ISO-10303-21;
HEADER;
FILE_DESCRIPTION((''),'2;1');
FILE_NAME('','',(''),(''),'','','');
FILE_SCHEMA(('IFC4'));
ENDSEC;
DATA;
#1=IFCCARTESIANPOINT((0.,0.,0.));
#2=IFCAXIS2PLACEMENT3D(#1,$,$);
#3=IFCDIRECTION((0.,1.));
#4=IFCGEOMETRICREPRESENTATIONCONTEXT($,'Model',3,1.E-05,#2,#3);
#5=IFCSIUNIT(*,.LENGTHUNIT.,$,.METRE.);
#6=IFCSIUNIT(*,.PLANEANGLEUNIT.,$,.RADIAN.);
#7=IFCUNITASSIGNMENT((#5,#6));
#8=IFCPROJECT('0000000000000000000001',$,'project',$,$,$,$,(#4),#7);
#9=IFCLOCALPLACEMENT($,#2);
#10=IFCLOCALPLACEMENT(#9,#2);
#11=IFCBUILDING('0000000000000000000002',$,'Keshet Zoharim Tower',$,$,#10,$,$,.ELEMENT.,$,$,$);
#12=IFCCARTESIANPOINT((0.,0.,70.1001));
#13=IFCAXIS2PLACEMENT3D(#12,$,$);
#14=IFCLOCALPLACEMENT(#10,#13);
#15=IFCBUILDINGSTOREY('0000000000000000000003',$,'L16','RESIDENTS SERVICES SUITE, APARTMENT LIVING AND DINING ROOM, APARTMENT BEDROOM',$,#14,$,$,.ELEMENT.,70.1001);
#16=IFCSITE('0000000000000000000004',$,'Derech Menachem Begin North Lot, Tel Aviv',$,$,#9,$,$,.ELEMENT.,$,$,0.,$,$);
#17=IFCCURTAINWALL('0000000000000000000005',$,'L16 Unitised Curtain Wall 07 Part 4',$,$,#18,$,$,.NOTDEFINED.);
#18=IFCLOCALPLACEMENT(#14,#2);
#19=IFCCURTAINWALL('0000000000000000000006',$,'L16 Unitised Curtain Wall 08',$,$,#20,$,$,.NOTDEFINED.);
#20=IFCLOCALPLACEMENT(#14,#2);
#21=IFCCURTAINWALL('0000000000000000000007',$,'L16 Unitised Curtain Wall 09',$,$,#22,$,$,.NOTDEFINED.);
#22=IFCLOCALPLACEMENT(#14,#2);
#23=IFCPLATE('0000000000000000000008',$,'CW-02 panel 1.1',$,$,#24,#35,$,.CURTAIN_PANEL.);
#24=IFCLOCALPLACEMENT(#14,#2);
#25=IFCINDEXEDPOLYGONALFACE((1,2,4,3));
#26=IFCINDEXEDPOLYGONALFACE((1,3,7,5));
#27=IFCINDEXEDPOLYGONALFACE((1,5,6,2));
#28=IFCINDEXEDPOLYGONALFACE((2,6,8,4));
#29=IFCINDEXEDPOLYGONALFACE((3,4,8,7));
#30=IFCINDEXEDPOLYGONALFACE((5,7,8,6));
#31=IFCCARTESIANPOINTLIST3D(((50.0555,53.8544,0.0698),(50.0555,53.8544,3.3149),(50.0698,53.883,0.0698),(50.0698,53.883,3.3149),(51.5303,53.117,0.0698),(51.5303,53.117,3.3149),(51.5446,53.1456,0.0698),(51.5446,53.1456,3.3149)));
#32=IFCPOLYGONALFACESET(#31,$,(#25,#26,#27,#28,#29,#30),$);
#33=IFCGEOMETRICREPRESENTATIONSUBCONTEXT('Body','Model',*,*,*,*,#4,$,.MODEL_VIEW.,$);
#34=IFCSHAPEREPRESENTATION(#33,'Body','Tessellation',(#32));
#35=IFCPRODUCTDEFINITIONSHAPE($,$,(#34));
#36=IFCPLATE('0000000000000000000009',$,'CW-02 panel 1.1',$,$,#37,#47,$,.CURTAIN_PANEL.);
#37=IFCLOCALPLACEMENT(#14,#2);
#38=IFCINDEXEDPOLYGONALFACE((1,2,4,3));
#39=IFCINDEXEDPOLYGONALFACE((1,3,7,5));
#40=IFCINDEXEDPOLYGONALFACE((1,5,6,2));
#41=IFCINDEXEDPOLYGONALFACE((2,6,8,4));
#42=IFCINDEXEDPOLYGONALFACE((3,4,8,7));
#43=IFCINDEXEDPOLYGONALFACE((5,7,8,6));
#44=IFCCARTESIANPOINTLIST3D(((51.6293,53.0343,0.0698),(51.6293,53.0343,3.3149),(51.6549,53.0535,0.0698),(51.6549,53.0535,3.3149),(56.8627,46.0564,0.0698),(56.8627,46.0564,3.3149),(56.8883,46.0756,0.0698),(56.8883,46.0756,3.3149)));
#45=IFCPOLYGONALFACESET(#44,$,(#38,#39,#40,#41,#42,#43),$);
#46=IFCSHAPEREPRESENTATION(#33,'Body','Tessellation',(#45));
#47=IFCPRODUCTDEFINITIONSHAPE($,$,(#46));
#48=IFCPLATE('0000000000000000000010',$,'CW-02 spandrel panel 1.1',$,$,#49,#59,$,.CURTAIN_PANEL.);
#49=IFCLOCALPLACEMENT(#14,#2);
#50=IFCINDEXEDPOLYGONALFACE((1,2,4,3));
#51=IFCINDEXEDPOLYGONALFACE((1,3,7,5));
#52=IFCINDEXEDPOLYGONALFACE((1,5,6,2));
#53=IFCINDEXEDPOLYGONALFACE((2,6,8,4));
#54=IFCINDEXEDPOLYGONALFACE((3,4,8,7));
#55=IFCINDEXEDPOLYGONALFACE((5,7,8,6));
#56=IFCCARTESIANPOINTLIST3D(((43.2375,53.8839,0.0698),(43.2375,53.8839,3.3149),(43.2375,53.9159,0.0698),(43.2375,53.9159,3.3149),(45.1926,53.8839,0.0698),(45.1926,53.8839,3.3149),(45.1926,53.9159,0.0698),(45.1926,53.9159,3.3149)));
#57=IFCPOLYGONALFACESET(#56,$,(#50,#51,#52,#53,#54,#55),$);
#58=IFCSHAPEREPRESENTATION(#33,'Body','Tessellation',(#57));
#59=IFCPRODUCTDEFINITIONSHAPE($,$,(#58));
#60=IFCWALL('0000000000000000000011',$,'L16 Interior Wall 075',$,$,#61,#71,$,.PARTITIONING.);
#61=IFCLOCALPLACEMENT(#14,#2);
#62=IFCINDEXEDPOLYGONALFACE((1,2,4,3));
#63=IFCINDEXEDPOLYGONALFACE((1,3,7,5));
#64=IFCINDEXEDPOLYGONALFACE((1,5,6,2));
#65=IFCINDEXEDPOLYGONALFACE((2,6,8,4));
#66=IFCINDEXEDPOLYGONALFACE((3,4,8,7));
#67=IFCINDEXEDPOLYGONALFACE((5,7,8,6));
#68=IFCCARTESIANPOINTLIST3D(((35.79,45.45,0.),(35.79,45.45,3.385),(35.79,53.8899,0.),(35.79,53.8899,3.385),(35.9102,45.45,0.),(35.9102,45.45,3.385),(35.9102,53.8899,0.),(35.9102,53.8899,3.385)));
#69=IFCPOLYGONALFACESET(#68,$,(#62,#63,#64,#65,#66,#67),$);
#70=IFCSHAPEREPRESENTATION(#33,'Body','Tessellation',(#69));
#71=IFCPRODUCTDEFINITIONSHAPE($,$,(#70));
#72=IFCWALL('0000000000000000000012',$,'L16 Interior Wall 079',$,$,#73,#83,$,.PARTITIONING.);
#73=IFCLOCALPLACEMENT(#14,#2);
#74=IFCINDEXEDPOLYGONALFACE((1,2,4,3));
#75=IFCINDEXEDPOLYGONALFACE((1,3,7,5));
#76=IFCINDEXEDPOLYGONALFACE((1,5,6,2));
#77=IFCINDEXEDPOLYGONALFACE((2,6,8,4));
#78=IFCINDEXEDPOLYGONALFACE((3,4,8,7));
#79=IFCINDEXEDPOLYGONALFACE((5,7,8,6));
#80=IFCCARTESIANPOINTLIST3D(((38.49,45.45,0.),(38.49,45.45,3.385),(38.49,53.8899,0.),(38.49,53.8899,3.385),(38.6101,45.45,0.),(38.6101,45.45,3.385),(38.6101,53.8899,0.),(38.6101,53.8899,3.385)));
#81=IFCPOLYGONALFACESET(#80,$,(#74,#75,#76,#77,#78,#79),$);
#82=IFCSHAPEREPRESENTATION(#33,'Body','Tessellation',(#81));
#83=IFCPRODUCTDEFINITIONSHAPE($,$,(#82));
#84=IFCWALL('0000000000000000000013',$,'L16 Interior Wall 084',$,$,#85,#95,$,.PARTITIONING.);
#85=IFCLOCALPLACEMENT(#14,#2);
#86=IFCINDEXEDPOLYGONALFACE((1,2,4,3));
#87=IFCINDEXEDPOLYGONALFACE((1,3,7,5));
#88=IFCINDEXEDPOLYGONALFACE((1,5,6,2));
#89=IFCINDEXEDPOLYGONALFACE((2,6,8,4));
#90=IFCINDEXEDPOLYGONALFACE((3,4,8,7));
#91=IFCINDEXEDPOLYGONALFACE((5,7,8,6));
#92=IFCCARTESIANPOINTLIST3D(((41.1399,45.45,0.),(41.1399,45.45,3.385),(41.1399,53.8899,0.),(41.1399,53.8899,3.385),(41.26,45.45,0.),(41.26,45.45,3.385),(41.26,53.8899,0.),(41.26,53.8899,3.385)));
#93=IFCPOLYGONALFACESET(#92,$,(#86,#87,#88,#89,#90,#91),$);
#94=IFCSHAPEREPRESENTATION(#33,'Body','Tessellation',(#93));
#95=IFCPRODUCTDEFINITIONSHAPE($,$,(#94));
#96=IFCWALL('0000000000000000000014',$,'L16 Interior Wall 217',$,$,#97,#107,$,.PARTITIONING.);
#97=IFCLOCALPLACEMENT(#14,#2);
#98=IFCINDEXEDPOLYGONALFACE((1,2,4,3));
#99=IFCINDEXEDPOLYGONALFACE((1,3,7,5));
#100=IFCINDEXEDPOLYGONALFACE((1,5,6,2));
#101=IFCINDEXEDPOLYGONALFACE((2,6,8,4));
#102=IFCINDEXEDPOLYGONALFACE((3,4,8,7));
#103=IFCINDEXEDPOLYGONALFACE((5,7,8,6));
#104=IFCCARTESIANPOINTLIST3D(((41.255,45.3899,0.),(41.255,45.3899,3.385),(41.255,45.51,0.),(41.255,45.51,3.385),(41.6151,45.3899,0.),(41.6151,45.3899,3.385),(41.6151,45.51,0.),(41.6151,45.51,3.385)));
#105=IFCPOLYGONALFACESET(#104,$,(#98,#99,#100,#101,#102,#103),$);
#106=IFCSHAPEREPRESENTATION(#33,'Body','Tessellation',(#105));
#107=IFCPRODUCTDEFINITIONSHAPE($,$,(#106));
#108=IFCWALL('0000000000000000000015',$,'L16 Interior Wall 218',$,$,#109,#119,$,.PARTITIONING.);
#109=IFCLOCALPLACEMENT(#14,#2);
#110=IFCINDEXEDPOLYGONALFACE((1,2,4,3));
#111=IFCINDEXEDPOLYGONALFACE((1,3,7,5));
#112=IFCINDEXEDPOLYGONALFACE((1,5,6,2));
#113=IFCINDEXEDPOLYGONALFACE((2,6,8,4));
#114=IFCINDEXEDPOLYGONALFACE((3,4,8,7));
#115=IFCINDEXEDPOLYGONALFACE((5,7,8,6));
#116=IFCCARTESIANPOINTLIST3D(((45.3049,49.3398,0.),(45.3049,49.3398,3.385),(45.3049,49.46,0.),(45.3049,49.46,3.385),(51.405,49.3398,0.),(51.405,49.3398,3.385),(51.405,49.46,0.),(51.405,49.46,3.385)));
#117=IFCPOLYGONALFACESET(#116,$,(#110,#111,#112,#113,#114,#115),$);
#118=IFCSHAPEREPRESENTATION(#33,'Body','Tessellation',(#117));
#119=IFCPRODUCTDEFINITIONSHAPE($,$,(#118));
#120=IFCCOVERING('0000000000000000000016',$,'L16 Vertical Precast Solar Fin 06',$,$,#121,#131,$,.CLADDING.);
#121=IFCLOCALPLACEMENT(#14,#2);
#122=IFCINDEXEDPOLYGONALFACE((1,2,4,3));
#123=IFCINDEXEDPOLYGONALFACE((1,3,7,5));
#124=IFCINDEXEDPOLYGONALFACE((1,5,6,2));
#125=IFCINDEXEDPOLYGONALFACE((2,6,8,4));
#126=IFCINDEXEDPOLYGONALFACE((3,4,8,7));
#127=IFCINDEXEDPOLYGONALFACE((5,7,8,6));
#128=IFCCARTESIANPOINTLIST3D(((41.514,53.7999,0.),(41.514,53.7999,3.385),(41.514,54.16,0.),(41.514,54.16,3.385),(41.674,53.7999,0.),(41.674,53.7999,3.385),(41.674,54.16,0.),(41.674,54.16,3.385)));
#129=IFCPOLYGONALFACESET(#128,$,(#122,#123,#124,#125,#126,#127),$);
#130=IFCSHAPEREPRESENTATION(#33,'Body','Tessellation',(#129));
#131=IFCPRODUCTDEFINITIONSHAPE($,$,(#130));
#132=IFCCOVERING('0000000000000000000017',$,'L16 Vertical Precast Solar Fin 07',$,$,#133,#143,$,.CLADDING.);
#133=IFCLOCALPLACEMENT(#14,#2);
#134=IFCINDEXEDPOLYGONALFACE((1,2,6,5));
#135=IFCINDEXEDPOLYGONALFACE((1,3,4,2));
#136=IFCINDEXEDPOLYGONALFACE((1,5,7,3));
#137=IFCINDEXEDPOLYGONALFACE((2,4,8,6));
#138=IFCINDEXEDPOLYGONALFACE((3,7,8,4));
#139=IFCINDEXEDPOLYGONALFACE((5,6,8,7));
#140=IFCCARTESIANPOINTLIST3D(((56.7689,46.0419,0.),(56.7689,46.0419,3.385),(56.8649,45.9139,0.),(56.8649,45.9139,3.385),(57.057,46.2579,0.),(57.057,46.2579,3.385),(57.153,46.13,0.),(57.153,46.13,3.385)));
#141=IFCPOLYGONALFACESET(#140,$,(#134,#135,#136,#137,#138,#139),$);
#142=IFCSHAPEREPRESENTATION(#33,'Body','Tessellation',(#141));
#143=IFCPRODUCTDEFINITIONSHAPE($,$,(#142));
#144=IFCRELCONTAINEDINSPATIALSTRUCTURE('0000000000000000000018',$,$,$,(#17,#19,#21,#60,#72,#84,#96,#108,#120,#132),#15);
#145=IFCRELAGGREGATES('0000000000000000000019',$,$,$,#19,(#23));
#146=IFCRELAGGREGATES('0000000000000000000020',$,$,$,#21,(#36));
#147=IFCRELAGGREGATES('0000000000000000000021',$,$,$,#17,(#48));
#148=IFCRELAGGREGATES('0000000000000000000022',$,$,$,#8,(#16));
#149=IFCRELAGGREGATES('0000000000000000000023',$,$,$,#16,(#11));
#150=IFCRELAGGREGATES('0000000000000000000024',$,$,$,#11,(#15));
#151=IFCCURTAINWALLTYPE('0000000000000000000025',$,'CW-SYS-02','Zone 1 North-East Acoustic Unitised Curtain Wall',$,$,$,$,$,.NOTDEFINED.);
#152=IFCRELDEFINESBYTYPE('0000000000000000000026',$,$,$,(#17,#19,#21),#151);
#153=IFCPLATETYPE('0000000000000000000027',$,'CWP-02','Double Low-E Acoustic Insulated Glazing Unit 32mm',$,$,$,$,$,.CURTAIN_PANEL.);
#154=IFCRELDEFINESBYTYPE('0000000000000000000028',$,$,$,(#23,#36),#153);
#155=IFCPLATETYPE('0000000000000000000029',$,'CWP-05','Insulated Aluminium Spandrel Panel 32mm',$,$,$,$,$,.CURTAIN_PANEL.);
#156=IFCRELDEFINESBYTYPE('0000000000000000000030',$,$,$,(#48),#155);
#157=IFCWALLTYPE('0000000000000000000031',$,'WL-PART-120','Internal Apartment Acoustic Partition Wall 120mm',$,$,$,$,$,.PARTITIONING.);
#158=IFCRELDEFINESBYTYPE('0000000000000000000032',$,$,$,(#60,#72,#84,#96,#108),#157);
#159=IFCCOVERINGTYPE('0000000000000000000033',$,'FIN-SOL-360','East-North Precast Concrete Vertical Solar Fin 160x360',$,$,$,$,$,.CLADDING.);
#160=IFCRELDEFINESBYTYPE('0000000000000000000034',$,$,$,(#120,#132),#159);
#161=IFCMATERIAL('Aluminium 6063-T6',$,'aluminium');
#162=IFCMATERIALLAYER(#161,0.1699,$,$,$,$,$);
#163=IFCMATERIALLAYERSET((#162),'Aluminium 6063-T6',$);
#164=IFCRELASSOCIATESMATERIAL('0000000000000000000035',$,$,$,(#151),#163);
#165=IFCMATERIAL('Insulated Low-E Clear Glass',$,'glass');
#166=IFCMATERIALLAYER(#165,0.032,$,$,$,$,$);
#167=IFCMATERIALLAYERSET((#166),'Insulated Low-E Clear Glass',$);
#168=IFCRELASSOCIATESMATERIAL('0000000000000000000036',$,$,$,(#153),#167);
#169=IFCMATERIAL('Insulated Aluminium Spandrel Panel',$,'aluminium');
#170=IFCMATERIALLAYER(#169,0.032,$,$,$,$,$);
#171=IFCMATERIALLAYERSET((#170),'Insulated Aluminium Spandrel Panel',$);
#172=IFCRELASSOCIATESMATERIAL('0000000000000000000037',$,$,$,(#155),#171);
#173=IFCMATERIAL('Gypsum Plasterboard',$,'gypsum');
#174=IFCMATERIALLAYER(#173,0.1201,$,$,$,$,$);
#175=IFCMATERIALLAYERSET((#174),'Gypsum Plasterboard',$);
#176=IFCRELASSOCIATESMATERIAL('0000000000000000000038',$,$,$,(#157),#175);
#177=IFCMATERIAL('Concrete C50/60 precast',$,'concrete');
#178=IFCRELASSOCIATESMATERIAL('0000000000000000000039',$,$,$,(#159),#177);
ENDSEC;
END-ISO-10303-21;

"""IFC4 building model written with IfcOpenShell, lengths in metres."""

from ifc_helpers import new_model, si_unit, direction, frame, frame_2d, origin, origin_2d, place, context, subcontext, project, spatial, rectangle, extrude, material, layer, layer_set, type_object, element, aggregate, save


model = new_model("IFC4")

# Units and contexts
model_context = context("Model", 3, precision=1e-05, world=origin(), true_north=direction((0.0, 1.0)))
body_context = subcontext(model_context, "Body", "Model", "MODEL_VIEW")
ifc_project = project(units=[si_unit("LENGTHUNIT", "METRE"), si_unit("PLANEANGLEUNIT", "RADIAN")], contexts=[model_context])

# Site, building, storey
site_placement = place(None, origin())
site = spatial("IfcSite", under=ifc_project, at=site_placement, Name="Derech Menachem Begin North Lot, Tel Aviv", CompositionType="ELEMENT", RefElevation=0.0)
building_placement = place(site_placement, origin())
building = spatial("IfcBuilding", under=site, at=building_placement, Name="Keshet Zoharim Tower", CompositionType="ELEMENT")
storey_placement = place(building_placement, frame((0.0, 0.0, 70.1001)))
storey = spatial("IfcBuildingStorey", under=building, at=storey_placement, Name="L16", Description="RESIDENTS SERVICES SUITE, APARTMENT LIVING AND DINING ROOM, APARTMENT BEDROOM", CompositionType="ELEMENT", Elevation=70.1001)

# Shared definitions
ifc_material_1 = material(Name="Aluminium 6063-T6", Category="aluminium")
ifc_layer_1 = layer(ifc_material_1, 0.1699)
ifc_layer_set_1 = layer_set([ifc_layer_1], Name="Aluminium 6063-T6")
curtain_wall_type = type_object("IfcCurtainWallType", Name="CW-SYS-02", Description="Zone 1 North-East Acoustic Unitised Curtain Wall", PredefinedType="NOTDEFINED", material=ifc_layer_set_1)

# Curtain wall
curtain_wall_1_placement = place(storey_placement, origin())
curtain_wall_1 = element("IfcCurtainWall", 1, at=curtain_wall_1_placement, inside=storey, type_object=curtain_wall_type, Name="L16 Unitised Curtain Wall 07 Part 4", PredefinedType="NOTDEFINED")

# Curtain walls
curtain_wall_2_placement = place(storey_placement, origin())
curtain_wall_2 = element("IfcCurtainWall", 2, at=curtain_wall_2_placement, inside=storey, type_object=curtain_wall_type, Name="L16 Unitised Curtain Wall 08", PredefinedType="NOTDEFINED")
curtain_wall_3_placement = place(storey_placement, origin())
curtain_wall_3 = element("IfcCurtainWall", 3, at=curtain_wall_3_placement, inside=storey, type_object=curtain_wall_type, Name="L16 Unitised Curtain Wall 09", PredefinedType="NOTDEFINED")

# Plates
ifc_material_2 = material(Name="Insulated Low-E Clear Glass", Category="glass")
ifc_layer_2 = layer(ifc_material_2, 0.032)
ifc_layer_set_2 = layer_set([ifc_layer_2], Name="Insulated Low-E Clear Glass")
plate_type_1 = type_object("IfcPlateType", Name="CWP-02", Description="Double Low-E Acoustic Insulated Glazing Unit 32mm", PredefinedType="CURTAIN_PANEL", material=ifc_layer_set_2)
plate_1_placement = place(storey_placement, frame((50.8, 53.5, 0.0698), z_axis=(0.0, 0.0, 1.0), x_axis=(0.894427, -0.447214, 0.0)))
plate_1 = element("IfcPlate", 4, at=plate_1_placement, type_object=plate_type_1, Name="CW-02 panel 1.1", PredefinedType="CURTAIN_PANEL", context=body_context, shape_type="SweptSolid", body=[
    extrude(rectangle(XDim=1.6489, YDim=0.032, at=origin_2d()), origin(), (0.0, 0.0, 1.0), 3.2451),
])
aggregate(curtain_wall_2, [plate_1])
plate_2_placement = place(storey_placement, frame((54.2588, 49.5549, 0.0698), z_axis=(0.0, 0.0, 1.0), x_axis=(0.6, -0.8, 0.0)))
plate_2 = element("IfcPlate", 5, at=plate_2_placement, type_object=plate_type_1, Name="CW-02 panel 1.1", PredefinedType="CURTAIN_PANEL", context=body_context, shape_type="SweptSolid", body=[
    extrude(rectangle(XDim=8.7224, YDim=0.032, at=origin_2d()), origin(), (0.0, 0.0, 1.0), 3.2451),
])
aggregate(curtain_wall_3, [plate_2])
ifc_material_3 = material(Name="Insulated Aluminium Spandrel Panel", Category="aluminium")
ifc_layer_3 = layer(ifc_material_3, 0.032)
ifc_layer_set_3 = layer_set([ifc_layer_3], Name="Insulated Aluminium Spandrel Panel")
plate_type_2 = type_object("IfcPlateType", Name="CWP-05", Description="Insulated Aluminium Spandrel Panel 32mm", PredefinedType="CURTAIN_PANEL", material=ifc_layer_set_3)
plate_3_placement = place(storey_placement, frame((44.2151, 53.8999, 0.0698), z_axis=(0.0, 0.0, 1.0), x_axis=(1.0, 0.0, 0.0)))
plate_3 = element("IfcPlate", 6, at=plate_3_placement, type_object=plate_type_2, Name="CW-02 spandrel panel 1.1", PredefinedType="CURTAIN_PANEL", context=body_context, shape_type="SweptSolid", body=[
    extrude(rectangle(XDim=1.9551, YDim=0.032, at=origin_2d()), origin(), (0.0, 0.0, 1.0), 3.2451),
])
aggregate(curtain_wall_1, [plate_3])

# Walls
ifc_material_4 = material(Name="Gypsum Plasterboard", Category="gypsum")
ifc_layer_4 = layer(ifc_material_4, 0.1201)
ifc_layer_set_4 = layer_set([ifc_layer_4], Name="Gypsum Plasterboard")
wall_type = type_object("IfcWallType", Name="WL-PART-120", Description="Internal Apartment Acoustic Partition Wall 120mm", PredefinedType="PARTITIONING", material=ifc_layer_set_4)
for number, where, z_axis, x_axis, name in (
    (7, (35.8501, 45.45, 0.0), (0.0, 0.0, 1.0), (0.0, 1.0, 0.0), "L16 Interior Wall 075"),
    (8, (38.55, 45.45, 0.0), (0.0, 0.0, 1.0), (0.0, 1.0, 0.0), "L16 Interior Wall 079"),
    (9, (41.2, 45.45, 0.0), (0.0, 0.0, 1.0), (0.0, 1.0, 0.0), "L16 Interior Wall 084"),
):
    element("IfcWall", number, at=place(storey_placement, frame(where, z_axis=z_axis, x_axis=x_axis)), inside=storey, type_object=wall_type, Name=name, PredefinedType="PARTITIONING", context=body_context, shape_type="SweptSolid", body=[
        extrude(rectangle(XDim=8.4399, YDim=0.1201, at=frame_2d((4.22, 0.0))), origin(), (0.0, 0.0, 1.0), 3.385),
    ])
wall_1_placement = place(storey_placement, frame((41.2549, 45.45, 0.0), z_axis=(0.0, 0.0, 1.0), x_axis=(1.0, 0.0, 0.0)))
element("IfcWall", 10, at=wall_1_placement, inside=storey, type_object=wall_type, Name="L16 Interior Wall 217", PredefinedType="PARTITIONING", context=body_context, shape_type="SweptSolid", body=[
    extrude(rectangle(XDim=0.3601, YDim=0.1201, at=frame_2d((0.1802, 0.0))), origin(), (0.0, 0.0, 1.0), 3.385),
])
wall_2_placement = place(storey_placement, frame((45.3049, 49.3999, 0.0), z_axis=(0.0, 0.0, 1.0), x_axis=(1.0, 0.0, 0.0)))
element("IfcWall", 11, at=wall_2_placement, inside=storey, type_object=wall_type, Name="L16 Interior Wall 218", PredefinedType="PARTITIONING", context=body_context, shape_type="SweptSolid", body=[
    extrude(rectangle(XDim=6.1001, YDim=0.1201, at=frame_2d((3.05, 0.0))), origin(), (0.0, 0.0, 1.0), 3.385),
])

# Coverings
ifc_material_5 = material(Name="Concrete C50/60 precast", Category="concrete")
covering_type = type_object("IfcCoveringType", Name="FIN-SOL-360", Description="East-North Precast Concrete Vertical Solar Fin 160x360", PredefinedType="CLADDING", material=ifc_material_5)
for number, where, z_axis, x_axis, name in (
    (12, (41.594, 53.98, 0.0), (0.0, 0.0, 1.0), (1.0, 0.0, 0.0), "L16 Vertical Precast Solar Fin 06"),
    (13, (56.9609, 46.0859, 0.0), (0.0, 0.0, 1.0), (0.6, -0.8, 0.0), "L16 Vertical Precast Solar Fin 07"),
):
    element("IfcCovering", number, at=place(storey_placement, frame(where, z_axis=z_axis, x_axis=x_axis)), inside=storey, type_object=covering_type, Name=name, PredefinedType="CLADDING", context=body_context, shape_type="SweptSolid", body=[
        extrude(rectangle(XDim=0.1599, YDim=0.3601, at=origin_2d()), origin(), (0.0, 0.0, 1.0), 3.385),
    ])

save(model, "model.ifc")
